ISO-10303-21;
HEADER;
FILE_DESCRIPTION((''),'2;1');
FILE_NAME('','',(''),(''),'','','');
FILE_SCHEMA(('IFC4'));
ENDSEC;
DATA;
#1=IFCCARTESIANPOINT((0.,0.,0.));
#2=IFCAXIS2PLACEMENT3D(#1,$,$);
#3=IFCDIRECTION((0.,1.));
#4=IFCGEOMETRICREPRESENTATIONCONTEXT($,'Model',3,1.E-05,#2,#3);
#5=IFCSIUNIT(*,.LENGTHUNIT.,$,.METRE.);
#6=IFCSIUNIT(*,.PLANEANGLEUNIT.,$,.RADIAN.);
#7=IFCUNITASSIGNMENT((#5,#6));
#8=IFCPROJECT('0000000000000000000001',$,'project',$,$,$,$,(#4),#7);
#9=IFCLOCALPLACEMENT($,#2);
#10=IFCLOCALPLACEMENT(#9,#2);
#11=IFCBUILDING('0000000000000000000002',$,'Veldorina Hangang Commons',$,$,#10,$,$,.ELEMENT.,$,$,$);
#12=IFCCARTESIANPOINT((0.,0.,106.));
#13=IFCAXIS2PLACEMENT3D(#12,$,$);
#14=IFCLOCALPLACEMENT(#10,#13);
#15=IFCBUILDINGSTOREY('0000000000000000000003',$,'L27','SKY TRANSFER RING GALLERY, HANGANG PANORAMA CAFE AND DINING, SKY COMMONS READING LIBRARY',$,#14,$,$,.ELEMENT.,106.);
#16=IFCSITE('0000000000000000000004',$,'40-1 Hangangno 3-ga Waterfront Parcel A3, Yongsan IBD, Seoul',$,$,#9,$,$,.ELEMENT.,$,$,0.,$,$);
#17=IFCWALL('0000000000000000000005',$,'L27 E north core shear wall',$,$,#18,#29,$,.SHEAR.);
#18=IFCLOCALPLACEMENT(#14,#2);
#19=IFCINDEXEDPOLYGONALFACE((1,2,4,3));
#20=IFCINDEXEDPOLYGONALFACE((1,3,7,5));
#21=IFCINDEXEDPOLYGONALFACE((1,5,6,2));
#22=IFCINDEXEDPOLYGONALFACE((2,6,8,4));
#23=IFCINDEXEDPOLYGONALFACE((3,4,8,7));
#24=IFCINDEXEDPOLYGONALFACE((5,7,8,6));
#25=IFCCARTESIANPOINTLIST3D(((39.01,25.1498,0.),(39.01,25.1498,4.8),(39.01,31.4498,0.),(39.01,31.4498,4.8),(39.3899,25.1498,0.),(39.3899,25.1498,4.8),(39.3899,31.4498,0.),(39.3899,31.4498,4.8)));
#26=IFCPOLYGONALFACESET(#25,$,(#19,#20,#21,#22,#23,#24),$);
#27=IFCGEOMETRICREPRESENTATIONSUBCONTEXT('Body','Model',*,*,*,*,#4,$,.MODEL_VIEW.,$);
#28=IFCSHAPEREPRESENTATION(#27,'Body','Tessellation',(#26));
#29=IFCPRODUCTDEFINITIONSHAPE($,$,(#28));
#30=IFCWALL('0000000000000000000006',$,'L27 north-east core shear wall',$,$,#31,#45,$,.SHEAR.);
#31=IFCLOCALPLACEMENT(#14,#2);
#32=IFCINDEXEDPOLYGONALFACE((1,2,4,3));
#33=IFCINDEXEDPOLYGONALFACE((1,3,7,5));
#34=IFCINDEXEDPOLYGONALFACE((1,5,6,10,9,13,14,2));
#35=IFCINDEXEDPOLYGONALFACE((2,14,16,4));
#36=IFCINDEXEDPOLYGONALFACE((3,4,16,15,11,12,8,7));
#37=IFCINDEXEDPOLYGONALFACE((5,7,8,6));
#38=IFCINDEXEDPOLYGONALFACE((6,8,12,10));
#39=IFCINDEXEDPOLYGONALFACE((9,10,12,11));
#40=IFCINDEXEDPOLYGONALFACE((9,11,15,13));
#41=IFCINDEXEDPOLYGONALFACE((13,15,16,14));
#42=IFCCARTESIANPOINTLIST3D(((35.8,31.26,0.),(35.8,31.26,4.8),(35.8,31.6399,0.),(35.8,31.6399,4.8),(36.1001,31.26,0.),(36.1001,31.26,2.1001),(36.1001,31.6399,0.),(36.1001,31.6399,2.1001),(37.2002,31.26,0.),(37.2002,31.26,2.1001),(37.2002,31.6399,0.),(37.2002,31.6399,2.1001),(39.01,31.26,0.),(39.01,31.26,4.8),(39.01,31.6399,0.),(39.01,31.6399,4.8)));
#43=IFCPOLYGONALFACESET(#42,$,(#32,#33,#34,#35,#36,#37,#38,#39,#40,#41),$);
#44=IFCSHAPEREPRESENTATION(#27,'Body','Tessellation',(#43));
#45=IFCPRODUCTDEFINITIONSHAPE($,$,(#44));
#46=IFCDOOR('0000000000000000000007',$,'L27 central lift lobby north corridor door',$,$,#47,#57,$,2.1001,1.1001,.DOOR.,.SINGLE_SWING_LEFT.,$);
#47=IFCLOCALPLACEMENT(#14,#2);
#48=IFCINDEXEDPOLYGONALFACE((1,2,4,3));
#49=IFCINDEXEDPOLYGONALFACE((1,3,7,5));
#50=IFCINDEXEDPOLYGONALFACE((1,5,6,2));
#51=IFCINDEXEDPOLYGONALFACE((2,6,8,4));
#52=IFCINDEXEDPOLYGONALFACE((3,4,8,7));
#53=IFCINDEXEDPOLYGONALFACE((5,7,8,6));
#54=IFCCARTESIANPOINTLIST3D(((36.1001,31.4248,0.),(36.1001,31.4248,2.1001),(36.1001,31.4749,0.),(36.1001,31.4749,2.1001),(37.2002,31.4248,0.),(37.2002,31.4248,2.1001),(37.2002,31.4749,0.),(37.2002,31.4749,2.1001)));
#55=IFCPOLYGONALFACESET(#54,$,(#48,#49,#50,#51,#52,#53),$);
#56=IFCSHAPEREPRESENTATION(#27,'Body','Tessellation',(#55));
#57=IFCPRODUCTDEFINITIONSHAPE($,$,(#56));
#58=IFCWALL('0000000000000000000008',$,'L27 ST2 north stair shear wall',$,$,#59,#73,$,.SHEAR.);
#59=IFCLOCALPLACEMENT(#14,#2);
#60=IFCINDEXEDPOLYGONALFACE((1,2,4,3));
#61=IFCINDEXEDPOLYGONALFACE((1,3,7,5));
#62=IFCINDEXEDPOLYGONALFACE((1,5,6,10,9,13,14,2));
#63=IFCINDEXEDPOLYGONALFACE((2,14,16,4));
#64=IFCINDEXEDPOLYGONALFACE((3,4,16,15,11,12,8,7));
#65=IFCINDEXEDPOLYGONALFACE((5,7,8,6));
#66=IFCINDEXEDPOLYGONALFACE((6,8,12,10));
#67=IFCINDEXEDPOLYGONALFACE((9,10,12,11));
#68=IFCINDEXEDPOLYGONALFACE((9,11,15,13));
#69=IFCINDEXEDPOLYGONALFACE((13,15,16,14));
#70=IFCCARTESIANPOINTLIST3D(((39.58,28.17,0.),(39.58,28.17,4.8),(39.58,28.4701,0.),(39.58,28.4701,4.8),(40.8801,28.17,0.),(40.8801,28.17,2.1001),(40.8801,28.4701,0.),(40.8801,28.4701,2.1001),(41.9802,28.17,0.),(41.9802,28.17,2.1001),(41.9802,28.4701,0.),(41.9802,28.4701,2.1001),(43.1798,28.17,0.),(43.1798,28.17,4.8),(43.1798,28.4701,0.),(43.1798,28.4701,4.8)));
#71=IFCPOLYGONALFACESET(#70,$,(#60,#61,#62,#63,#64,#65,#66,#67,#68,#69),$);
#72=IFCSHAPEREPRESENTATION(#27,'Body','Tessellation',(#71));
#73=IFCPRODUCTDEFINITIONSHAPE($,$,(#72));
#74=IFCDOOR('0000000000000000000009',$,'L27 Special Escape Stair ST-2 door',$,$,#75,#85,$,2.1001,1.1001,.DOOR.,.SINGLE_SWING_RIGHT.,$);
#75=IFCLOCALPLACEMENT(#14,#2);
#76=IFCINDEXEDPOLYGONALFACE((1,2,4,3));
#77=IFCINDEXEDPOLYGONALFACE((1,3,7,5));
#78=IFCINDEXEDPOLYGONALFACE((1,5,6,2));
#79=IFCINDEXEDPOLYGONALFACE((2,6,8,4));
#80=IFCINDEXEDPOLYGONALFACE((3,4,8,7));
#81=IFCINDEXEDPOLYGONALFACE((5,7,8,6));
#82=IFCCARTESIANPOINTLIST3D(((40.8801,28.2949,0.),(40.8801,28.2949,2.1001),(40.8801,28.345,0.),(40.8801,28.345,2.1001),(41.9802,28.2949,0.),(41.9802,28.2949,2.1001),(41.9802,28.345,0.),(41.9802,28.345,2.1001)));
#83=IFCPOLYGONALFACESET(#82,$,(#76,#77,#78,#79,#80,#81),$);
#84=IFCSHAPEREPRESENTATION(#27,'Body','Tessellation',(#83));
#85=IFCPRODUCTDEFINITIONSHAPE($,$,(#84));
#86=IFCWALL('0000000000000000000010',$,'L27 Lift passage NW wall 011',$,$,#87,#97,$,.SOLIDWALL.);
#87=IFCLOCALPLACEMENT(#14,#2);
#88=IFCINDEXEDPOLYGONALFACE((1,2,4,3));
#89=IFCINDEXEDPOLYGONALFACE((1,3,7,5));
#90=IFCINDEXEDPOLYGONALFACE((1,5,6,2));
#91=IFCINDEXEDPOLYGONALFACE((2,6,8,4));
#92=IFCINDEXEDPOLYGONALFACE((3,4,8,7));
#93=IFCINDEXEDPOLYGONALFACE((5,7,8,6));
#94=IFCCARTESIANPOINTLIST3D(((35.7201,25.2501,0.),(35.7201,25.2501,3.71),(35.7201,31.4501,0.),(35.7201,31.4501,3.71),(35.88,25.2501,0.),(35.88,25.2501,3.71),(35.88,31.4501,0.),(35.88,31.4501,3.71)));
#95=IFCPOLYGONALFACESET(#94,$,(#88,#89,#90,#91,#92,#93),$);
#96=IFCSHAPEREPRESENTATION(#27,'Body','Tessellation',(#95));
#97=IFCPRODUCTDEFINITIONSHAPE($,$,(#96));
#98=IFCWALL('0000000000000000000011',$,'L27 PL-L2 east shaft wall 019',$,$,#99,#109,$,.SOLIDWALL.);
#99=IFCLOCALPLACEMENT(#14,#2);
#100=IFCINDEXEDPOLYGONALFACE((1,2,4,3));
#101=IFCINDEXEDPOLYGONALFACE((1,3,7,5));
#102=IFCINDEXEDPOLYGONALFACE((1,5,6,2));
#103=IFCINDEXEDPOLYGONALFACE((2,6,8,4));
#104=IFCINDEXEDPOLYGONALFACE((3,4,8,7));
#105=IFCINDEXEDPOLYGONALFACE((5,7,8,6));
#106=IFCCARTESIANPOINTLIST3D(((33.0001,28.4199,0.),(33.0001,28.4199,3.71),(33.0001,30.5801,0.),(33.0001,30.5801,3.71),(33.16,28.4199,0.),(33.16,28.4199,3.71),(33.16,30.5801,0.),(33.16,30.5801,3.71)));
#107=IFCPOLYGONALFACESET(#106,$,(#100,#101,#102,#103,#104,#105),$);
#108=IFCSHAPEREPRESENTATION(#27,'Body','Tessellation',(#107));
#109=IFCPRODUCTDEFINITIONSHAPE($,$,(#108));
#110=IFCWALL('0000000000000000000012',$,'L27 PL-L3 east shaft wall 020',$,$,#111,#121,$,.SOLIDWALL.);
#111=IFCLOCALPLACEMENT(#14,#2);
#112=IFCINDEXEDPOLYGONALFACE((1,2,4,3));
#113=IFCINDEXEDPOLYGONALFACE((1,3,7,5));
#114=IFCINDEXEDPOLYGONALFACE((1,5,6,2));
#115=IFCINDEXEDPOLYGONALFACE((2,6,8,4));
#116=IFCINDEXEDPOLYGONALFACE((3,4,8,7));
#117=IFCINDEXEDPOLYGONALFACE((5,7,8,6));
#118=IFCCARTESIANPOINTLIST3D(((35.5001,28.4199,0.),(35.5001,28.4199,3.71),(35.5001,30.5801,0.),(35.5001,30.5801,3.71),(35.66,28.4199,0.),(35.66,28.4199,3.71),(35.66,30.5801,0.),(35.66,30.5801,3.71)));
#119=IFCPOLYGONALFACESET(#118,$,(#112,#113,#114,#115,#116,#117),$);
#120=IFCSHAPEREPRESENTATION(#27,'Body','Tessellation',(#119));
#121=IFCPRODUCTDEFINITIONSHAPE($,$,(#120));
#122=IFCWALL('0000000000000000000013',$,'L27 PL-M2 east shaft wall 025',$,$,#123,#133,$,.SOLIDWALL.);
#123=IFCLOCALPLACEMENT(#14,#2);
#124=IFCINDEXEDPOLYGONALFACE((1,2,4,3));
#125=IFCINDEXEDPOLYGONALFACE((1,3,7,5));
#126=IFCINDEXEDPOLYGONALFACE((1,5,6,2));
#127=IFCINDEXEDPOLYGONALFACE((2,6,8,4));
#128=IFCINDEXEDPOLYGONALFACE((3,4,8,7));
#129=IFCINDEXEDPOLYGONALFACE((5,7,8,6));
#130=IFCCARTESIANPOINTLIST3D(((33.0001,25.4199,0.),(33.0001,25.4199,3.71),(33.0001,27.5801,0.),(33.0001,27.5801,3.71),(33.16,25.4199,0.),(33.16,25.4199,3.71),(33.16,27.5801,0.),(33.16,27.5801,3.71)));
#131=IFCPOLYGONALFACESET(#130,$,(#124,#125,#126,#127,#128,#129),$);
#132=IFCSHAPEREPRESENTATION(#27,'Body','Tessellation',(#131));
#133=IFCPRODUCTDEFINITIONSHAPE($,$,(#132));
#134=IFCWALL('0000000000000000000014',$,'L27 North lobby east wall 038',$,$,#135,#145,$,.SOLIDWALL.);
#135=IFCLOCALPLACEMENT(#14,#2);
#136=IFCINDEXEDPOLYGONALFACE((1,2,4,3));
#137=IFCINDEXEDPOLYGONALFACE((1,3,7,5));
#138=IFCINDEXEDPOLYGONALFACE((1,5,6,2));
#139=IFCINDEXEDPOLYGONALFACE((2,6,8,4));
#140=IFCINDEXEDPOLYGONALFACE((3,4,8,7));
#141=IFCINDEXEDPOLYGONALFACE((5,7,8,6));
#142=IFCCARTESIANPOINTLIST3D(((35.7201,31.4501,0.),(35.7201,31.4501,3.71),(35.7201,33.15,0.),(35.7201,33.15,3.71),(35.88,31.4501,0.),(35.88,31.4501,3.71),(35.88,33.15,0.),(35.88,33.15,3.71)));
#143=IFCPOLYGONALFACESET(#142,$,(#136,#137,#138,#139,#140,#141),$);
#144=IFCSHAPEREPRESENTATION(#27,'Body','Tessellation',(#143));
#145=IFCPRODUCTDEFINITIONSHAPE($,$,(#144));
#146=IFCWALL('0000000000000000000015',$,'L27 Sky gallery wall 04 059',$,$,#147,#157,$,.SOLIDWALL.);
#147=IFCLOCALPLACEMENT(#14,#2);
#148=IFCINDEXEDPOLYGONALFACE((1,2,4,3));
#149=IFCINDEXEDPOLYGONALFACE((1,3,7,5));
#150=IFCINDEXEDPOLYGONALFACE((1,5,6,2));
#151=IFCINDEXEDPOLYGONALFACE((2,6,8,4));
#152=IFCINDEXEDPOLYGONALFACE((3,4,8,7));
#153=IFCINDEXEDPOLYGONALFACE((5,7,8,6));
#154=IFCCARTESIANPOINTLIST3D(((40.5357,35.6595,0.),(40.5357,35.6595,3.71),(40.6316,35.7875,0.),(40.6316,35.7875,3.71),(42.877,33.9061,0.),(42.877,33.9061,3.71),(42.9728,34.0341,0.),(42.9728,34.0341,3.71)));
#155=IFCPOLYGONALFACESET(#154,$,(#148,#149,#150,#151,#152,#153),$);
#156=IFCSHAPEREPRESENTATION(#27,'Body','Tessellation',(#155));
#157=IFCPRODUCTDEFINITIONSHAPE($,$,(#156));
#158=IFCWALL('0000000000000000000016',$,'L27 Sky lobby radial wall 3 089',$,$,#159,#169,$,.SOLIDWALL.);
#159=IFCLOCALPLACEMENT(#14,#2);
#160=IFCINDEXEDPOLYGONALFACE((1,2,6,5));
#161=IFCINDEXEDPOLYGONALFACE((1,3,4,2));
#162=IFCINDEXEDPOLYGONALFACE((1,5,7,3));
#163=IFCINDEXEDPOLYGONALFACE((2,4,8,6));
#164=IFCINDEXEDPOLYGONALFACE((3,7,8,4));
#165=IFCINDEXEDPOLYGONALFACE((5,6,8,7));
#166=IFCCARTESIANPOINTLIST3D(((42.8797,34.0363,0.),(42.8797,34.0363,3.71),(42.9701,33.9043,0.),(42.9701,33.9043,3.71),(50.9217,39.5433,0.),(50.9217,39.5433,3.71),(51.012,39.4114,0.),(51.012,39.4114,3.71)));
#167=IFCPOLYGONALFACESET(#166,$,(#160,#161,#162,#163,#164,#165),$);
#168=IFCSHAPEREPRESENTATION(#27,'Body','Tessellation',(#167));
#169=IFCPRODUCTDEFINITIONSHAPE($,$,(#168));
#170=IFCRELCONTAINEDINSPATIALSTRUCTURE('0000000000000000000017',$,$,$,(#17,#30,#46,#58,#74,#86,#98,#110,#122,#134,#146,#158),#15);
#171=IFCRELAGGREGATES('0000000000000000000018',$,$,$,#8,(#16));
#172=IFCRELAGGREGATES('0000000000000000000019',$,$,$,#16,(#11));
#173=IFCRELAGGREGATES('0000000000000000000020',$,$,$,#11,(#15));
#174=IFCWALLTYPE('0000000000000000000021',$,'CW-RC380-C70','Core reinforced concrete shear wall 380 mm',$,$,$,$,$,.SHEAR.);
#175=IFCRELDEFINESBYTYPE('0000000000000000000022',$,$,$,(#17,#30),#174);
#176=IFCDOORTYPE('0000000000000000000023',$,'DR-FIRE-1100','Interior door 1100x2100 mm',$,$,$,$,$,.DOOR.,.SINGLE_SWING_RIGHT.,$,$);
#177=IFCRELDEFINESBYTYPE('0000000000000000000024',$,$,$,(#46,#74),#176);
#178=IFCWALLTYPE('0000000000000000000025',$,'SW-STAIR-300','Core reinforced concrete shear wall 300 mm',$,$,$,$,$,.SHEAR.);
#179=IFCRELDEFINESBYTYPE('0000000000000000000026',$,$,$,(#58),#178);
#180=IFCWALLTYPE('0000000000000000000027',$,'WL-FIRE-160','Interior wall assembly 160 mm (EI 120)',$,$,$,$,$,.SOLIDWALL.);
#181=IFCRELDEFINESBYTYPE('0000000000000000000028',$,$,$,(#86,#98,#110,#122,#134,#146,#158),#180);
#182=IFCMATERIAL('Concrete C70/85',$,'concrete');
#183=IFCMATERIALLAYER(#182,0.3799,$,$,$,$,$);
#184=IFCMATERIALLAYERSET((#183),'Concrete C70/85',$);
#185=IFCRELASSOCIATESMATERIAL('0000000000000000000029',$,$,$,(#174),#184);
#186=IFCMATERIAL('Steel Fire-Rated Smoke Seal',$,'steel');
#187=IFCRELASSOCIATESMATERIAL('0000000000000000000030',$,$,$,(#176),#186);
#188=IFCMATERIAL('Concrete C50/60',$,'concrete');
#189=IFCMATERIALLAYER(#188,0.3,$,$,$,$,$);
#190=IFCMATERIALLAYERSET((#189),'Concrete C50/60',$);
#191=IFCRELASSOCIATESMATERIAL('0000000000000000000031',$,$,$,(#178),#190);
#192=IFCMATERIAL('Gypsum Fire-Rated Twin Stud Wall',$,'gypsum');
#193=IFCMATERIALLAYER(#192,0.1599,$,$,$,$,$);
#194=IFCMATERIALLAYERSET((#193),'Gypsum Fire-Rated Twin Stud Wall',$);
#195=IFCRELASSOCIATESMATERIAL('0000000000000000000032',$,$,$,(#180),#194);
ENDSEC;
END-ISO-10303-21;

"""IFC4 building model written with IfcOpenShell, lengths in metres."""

from ifc_helpers import new_model, si_unit, direction, frame, frame_2d, origin, place, context, subcontext, project, spatial, rectangle, extrude, material, layer, layer_set, type_object, element, fill, save


model = new_model("IFC4")

# Units and contexts
model_context = context("Model", 3, precision=1e-05, world=origin(), true_north=direction((0.0, 1.0)))
body_context = subcontext(model_context, "Body", "Model", "MODEL_VIEW")
ifc_project = project(units=[si_unit("LENGTHUNIT", "METRE"), si_unit("PLANEANGLEUNIT", "RADIAN")], contexts=[model_context])

# Site, building, storey
site_placement = place(None, origin())
site = spatial("IfcSite", under=ifc_project, at=site_placement, Name="40-1 Hangangno 3-ga Waterfront Parcel A3, Yongsan IBD, Seoul", CompositionType="ELEMENT", RefElevation=0.0)
building_placement = place(site_placement, origin())
building = spatial("IfcBuilding", under=site, at=building_placement, Name="Veldorina Hangang Commons", CompositionType="ELEMENT")
storey_placement = place(building_placement, frame((0.0, 0.0, 106.0)))
storey = spatial("IfcBuildingStorey", under=building, at=storey_placement, Name="L27", Description="SKY TRANSFER RING GALLERY, HANGANG PANORAMA CAFE AND DINING, SKY COMMONS READING LIBRARY", CompositionType="ELEMENT", Elevation=106.0)

# Wall
ifc_material_1 = material(Name="Concrete C70/85", Category="concrete")
ifc_layer_1 = layer(ifc_material_1, 0.3799)
ifc_layer_set_1 = layer_set([ifc_layer_1], Name="Concrete C70/85")
wall_type_1 = type_object("IfcWallType", Name="CW-RC380-C70", Description="Core reinforced concrete shear wall 380 mm", PredefinedType="SHEAR", material=ifc_layer_set_1)
wall_1_placement = place(storey_placement, frame((39.2, 25.1499, 0.0), z_axis=(0.0, 0.0, 1.0), x_axis=(0.0, 1.0, 0.0)))
element("IfcWall", 1, at=wall_1_placement, inside=storey, type_object=wall_type_1, Name="L27 E north core shear wall", PredefinedType="SHEAR", context=body_context, shape_type="SweptSolid", body=[
    extrude(rectangle(XDim=6.3, YDim=0.3799, at=frame_2d((3.1499, 0.0))), origin(), (0.0, 0.0, 1.0), 4.8),
])

# Walls, openings, doors
wall_2_placement = place(storey_placement, frame((35.8, 31.45, 0.0), z_axis=(0.0, 0.0, 1.0), x_axis=(1.0, 0.0, 0.0)))
wall_2 = element("IfcWall", 2, at=wall_2_placement, inside=storey, type_object=wall_type_1, Name="L27 north-east core shear wall", PredefinedType="SHEAR", context=body_context, shape_type="SweptSolid", body=[
    extrude(rectangle(XDim=3.21, YDim=0.3799, at=frame_2d((1.605, 0.0))), origin(), (0.0, 0.0, 1.0), 4.8),
])
opening_1_placement = place(wall_2_placement, frame((0.3, 0.0, 0.0)))
opening_1 = element("IfcOpeningElement", 3, at=opening_1_placement, cuts=wall_2, PredefinedType="OPENING", context=body_context, shape_type="SweptSolid", body=[
    extrude(rectangle(XDim=1.1001, YDim=2.1001, at=frame_2d((0.55, 1.05))), frame((0.0, 0.2, 0.0), z_axis=(0.0, -1.0, 0.0), x_axis=(1.0, 0.0, 0.0)), (0.0, 0.0, 1.0), 0.3999),
])
ifc_material_2 = material(Name="Steel Fire-Rated Smoke Seal", Category="steel")
door_type_1 = type_object("IfcDoorType", Name="DR-FIRE-1100", Description="Interior door 1100x2100 mm", OperationType="SINGLE_SWING_RIGHT", PredefinedType="DOOR", material=ifc_material_2)
door_1_placement = place(opening_1_placement, origin())
door_1 = element("IfcDoor", 4, at=door_1_placement, inside=storey, type_object=door_type_1, Name="L27 central lift lobby north corridor door", OperationType="SINGLE_SWING_LEFT", OverallHeight=2.1001, OverallWidth=1.1001, PredefinedType="DOOR", context=body_context, shape_type="SweptSolid", body=[
    extrude(rectangle(XDim=1.1001, YDim=2.1001, at=frame_2d((0.55, 1.05))), frame((0.0, 0.0249, 0.0), z_axis=(0.0, -1.0, 0.0), x_axis=(1.0, 0.0, 0.0)), (0.0, 0.0, 1.0), 0.05),
])
fill(opening_1, door_1)
ifc_material_3 = material(Name="Concrete C50/60", Category="concrete")
ifc_layer_2 = layer(ifc_material_3, 0.3)
ifc_layer_set_2 = layer_set([ifc_layer_2], Name="Concrete C50/60")
wall_type_2 = type_object("IfcWallType", Name="SW-STAIR-300", Description="Core reinforced concrete shear wall 300 mm", PredefinedType="SHEAR", material=ifc_layer_set_2)
wall_3_placement = place(storey_placement, frame((39.5801, 28.3201, 0.0), z_axis=(0.0, 0.0, 1.0), x_axis=(1.0, 0.0, 0.0)))
wall_3 = element("IfcWall", 5, at=wall_3_placement, inside=storey, type_object=wall_type_2, Name="L27 ST2 north stair shear wall", PredefinedType="SHEAR", context=body_context, shape_type="SweptSolid", body=[
    extrude(rectangle(XDim=3.5999, YDim=0.3, at=frame_2d((1.7998, 0.0))), origin(), (0.0, 0.0, 1.0), 4.8),
])
opening_2_placement = place(wall_3_placement, frame((1.3, 0.0, 0.0)))
opening_2 = element("IfcOpeningElement", 6, at=opening_2_placement, cuts=wall_3, PredefinedType="OPENING", context=body_context, shape_type="SweptSolid", body=[
    extrude(rectangle(XDim=1.1001, YDim=2.1001, at=frame_2d((0.55, 1.05))), frame((0.0, 0.1602, 0.0), z_axis=(0.0, -1.0, 0.0), x_axis=(1.0, 0.0, 0.0)), (0.0, 0.0, 1.0), 0.3201),
])
door_2_placement = place(opening_2_placement, origin())
door_2 = element("IfcDoor", 7, at=door_2_placement, inside=storey, type_object=door_type_1, Name="L27 Special Escape Stair ST-2 door", OperationType="SINGLE_SWING_RIGHT", OverallHeight=2.1001, OverallWidth=1.1001, PredefinedType="DOOR", context=body_context, shape_type="SweptSolid", body=[
    extrude(rectangle(XDim=1.1001, YDim=2.1001, at=frame_2d((0.55, 1.05))), frame((0.0, 0.0249, 0.0), z_axis=(0.0, -1.0, 0.0), x_axis=(1.0, 0.0, 0.0)), (0.0, 0.0, 1.0), 0.05),
])
fill(opening_2, door_2)

# Walls
ifc_material_4 = material(Name="Gypsum Fire-Rated Twin Stud Wall", Category="gypsum")
ifc_layer_3 = layer(ifc_material_4, 0.1599)
ifc_layer_set_3 = layer_set([ifc_layer_3], Name="Gypsum Fire-Rated Twin Stud Wall")
wall_type_3 = type_object("IfcWallType", Name="WL-FIRE-160", Description="Interior wall assembly 160 mm (EI 120)", PredefinedType="SOLIDWALL", material=ifc_layer_set_3)
wall_4_placement = place(storey_placement, frame((35.8, 25.25, 0.0), z_axis=(0.0, 0.0, 1.0), x_axis=(0.0, 1.0, 0.0)))
element("IfcWall", 8, at=wall_4_placement, inside=storey, type_object=wall_type_3, Name="L27 Lift passage NW wall 011", PredefinedType="SOLIDWALL", context=body_context, shape_type="SweptSolid", body=[
    extrude(rectangle(XDim=6.2, YDim=0.1599, at=frame_2d((3.1001, 0.0))), origin(), (0.0, 0.0, 1.0), 3.71),
])
for number, where, z_axis, x_axis, name in (
    (9, (33.0801, 28.4199, 0.0), (0.0, 0.0, 1.0), (0.0, 1.0, 0.0), "L27 PL-L2 east shaft wall 019"),
    (10, (35.5801, 28.4199, 0.0), (0.0, 0.0, 1.0), (0.0, 1.0, 0.0), "L27 PL-L3 east shaft wall 020"),
    (11, (33.0801, 25.4199, 0.0), (0.0, 0.0, 1.0), (0.0, 1.0, 0.0), "L27 PL-M2 east shaft wall 025"),
):
    element("IfcWall", number, at=place(storey_placement, frame(where, z_axis=z_axis, x_axis=x_axis)), inside=storey, type_object=wall_type_3, Name=name, PredefinedType="SOLIDWALL", context=body_context, shape_type="SweptSolid", body=[
        extrude(rectangle(XDim=2.1602, YDim=0.1599, at=frame_2d((1.0801, 0.0))), origin(), (0.0, 0.0, 1.0), 3.71),
    ])
wall_5_placement = place(storey_placement, frame((35.8, 31.45, 0.0), z_axis=(0.0, 0.0, 1.0), x_axis=(0.0, 1.0, 0.0)))
element("IfcWall", 12, at=wall_5_placement, inside=storey, type_object=wall_type_3, Name="L27 North lobby east wall 038", PredefinedType="SOLIDWALL", context=body_context, shape_type="SweptSolid", body=[
    extrude(rectangle(XDim=1.7, YDim=0.1599, at=frame_2d((0.8501, 0.0))), origin(), (0.0, 0.0, 1.0), 3.71),
])
wall_6_placement = place(storey_placement, frame((42.9248, 33.9702, 0.0), z_axis=(0.0, 0.0, 1.0), x_axis=(-0.80042, 0.599439, 0.0)))
element("IfcWall", 13, at=wall_6_placement, inside=storey, type_object=wall_type_3, Name="L27 Sky gallery wall 04 059", PredefinedType="SOLIDWALL", context=body_context, shape_type="SweptSolid", body=[
    extrude(rectangle(XDim=2.925, YDim=0.1599, at=frame_2d((1.4624, 0.0))), origin(), (0.0, 0.0, 1.0), 3.71),
])
wall_7_placement = place(storey_placement, frame((42.9248, 33.9702, 0.0), z_axis=(0.0, 0.0, 1.0), x_axis=(0.825084, 0.56501, 0.0)))
element("IfcWall", 14, at=wall_7_placement, inside=storey, type_object=wall_type_3, Name="L27 Sky lobby radial wall 3 089", PredefinedType="SOLIDWALL", context=body_context, shape_type="SweptSolid", body=[
    extrude(rectangle(XDim=9.7468, YDim=0.1599, at=frame_2d((4.8735, 0.0))), origin(), (0.0, 0.0, 1.0), 3.71),
])

save(model, "model.ifc")
